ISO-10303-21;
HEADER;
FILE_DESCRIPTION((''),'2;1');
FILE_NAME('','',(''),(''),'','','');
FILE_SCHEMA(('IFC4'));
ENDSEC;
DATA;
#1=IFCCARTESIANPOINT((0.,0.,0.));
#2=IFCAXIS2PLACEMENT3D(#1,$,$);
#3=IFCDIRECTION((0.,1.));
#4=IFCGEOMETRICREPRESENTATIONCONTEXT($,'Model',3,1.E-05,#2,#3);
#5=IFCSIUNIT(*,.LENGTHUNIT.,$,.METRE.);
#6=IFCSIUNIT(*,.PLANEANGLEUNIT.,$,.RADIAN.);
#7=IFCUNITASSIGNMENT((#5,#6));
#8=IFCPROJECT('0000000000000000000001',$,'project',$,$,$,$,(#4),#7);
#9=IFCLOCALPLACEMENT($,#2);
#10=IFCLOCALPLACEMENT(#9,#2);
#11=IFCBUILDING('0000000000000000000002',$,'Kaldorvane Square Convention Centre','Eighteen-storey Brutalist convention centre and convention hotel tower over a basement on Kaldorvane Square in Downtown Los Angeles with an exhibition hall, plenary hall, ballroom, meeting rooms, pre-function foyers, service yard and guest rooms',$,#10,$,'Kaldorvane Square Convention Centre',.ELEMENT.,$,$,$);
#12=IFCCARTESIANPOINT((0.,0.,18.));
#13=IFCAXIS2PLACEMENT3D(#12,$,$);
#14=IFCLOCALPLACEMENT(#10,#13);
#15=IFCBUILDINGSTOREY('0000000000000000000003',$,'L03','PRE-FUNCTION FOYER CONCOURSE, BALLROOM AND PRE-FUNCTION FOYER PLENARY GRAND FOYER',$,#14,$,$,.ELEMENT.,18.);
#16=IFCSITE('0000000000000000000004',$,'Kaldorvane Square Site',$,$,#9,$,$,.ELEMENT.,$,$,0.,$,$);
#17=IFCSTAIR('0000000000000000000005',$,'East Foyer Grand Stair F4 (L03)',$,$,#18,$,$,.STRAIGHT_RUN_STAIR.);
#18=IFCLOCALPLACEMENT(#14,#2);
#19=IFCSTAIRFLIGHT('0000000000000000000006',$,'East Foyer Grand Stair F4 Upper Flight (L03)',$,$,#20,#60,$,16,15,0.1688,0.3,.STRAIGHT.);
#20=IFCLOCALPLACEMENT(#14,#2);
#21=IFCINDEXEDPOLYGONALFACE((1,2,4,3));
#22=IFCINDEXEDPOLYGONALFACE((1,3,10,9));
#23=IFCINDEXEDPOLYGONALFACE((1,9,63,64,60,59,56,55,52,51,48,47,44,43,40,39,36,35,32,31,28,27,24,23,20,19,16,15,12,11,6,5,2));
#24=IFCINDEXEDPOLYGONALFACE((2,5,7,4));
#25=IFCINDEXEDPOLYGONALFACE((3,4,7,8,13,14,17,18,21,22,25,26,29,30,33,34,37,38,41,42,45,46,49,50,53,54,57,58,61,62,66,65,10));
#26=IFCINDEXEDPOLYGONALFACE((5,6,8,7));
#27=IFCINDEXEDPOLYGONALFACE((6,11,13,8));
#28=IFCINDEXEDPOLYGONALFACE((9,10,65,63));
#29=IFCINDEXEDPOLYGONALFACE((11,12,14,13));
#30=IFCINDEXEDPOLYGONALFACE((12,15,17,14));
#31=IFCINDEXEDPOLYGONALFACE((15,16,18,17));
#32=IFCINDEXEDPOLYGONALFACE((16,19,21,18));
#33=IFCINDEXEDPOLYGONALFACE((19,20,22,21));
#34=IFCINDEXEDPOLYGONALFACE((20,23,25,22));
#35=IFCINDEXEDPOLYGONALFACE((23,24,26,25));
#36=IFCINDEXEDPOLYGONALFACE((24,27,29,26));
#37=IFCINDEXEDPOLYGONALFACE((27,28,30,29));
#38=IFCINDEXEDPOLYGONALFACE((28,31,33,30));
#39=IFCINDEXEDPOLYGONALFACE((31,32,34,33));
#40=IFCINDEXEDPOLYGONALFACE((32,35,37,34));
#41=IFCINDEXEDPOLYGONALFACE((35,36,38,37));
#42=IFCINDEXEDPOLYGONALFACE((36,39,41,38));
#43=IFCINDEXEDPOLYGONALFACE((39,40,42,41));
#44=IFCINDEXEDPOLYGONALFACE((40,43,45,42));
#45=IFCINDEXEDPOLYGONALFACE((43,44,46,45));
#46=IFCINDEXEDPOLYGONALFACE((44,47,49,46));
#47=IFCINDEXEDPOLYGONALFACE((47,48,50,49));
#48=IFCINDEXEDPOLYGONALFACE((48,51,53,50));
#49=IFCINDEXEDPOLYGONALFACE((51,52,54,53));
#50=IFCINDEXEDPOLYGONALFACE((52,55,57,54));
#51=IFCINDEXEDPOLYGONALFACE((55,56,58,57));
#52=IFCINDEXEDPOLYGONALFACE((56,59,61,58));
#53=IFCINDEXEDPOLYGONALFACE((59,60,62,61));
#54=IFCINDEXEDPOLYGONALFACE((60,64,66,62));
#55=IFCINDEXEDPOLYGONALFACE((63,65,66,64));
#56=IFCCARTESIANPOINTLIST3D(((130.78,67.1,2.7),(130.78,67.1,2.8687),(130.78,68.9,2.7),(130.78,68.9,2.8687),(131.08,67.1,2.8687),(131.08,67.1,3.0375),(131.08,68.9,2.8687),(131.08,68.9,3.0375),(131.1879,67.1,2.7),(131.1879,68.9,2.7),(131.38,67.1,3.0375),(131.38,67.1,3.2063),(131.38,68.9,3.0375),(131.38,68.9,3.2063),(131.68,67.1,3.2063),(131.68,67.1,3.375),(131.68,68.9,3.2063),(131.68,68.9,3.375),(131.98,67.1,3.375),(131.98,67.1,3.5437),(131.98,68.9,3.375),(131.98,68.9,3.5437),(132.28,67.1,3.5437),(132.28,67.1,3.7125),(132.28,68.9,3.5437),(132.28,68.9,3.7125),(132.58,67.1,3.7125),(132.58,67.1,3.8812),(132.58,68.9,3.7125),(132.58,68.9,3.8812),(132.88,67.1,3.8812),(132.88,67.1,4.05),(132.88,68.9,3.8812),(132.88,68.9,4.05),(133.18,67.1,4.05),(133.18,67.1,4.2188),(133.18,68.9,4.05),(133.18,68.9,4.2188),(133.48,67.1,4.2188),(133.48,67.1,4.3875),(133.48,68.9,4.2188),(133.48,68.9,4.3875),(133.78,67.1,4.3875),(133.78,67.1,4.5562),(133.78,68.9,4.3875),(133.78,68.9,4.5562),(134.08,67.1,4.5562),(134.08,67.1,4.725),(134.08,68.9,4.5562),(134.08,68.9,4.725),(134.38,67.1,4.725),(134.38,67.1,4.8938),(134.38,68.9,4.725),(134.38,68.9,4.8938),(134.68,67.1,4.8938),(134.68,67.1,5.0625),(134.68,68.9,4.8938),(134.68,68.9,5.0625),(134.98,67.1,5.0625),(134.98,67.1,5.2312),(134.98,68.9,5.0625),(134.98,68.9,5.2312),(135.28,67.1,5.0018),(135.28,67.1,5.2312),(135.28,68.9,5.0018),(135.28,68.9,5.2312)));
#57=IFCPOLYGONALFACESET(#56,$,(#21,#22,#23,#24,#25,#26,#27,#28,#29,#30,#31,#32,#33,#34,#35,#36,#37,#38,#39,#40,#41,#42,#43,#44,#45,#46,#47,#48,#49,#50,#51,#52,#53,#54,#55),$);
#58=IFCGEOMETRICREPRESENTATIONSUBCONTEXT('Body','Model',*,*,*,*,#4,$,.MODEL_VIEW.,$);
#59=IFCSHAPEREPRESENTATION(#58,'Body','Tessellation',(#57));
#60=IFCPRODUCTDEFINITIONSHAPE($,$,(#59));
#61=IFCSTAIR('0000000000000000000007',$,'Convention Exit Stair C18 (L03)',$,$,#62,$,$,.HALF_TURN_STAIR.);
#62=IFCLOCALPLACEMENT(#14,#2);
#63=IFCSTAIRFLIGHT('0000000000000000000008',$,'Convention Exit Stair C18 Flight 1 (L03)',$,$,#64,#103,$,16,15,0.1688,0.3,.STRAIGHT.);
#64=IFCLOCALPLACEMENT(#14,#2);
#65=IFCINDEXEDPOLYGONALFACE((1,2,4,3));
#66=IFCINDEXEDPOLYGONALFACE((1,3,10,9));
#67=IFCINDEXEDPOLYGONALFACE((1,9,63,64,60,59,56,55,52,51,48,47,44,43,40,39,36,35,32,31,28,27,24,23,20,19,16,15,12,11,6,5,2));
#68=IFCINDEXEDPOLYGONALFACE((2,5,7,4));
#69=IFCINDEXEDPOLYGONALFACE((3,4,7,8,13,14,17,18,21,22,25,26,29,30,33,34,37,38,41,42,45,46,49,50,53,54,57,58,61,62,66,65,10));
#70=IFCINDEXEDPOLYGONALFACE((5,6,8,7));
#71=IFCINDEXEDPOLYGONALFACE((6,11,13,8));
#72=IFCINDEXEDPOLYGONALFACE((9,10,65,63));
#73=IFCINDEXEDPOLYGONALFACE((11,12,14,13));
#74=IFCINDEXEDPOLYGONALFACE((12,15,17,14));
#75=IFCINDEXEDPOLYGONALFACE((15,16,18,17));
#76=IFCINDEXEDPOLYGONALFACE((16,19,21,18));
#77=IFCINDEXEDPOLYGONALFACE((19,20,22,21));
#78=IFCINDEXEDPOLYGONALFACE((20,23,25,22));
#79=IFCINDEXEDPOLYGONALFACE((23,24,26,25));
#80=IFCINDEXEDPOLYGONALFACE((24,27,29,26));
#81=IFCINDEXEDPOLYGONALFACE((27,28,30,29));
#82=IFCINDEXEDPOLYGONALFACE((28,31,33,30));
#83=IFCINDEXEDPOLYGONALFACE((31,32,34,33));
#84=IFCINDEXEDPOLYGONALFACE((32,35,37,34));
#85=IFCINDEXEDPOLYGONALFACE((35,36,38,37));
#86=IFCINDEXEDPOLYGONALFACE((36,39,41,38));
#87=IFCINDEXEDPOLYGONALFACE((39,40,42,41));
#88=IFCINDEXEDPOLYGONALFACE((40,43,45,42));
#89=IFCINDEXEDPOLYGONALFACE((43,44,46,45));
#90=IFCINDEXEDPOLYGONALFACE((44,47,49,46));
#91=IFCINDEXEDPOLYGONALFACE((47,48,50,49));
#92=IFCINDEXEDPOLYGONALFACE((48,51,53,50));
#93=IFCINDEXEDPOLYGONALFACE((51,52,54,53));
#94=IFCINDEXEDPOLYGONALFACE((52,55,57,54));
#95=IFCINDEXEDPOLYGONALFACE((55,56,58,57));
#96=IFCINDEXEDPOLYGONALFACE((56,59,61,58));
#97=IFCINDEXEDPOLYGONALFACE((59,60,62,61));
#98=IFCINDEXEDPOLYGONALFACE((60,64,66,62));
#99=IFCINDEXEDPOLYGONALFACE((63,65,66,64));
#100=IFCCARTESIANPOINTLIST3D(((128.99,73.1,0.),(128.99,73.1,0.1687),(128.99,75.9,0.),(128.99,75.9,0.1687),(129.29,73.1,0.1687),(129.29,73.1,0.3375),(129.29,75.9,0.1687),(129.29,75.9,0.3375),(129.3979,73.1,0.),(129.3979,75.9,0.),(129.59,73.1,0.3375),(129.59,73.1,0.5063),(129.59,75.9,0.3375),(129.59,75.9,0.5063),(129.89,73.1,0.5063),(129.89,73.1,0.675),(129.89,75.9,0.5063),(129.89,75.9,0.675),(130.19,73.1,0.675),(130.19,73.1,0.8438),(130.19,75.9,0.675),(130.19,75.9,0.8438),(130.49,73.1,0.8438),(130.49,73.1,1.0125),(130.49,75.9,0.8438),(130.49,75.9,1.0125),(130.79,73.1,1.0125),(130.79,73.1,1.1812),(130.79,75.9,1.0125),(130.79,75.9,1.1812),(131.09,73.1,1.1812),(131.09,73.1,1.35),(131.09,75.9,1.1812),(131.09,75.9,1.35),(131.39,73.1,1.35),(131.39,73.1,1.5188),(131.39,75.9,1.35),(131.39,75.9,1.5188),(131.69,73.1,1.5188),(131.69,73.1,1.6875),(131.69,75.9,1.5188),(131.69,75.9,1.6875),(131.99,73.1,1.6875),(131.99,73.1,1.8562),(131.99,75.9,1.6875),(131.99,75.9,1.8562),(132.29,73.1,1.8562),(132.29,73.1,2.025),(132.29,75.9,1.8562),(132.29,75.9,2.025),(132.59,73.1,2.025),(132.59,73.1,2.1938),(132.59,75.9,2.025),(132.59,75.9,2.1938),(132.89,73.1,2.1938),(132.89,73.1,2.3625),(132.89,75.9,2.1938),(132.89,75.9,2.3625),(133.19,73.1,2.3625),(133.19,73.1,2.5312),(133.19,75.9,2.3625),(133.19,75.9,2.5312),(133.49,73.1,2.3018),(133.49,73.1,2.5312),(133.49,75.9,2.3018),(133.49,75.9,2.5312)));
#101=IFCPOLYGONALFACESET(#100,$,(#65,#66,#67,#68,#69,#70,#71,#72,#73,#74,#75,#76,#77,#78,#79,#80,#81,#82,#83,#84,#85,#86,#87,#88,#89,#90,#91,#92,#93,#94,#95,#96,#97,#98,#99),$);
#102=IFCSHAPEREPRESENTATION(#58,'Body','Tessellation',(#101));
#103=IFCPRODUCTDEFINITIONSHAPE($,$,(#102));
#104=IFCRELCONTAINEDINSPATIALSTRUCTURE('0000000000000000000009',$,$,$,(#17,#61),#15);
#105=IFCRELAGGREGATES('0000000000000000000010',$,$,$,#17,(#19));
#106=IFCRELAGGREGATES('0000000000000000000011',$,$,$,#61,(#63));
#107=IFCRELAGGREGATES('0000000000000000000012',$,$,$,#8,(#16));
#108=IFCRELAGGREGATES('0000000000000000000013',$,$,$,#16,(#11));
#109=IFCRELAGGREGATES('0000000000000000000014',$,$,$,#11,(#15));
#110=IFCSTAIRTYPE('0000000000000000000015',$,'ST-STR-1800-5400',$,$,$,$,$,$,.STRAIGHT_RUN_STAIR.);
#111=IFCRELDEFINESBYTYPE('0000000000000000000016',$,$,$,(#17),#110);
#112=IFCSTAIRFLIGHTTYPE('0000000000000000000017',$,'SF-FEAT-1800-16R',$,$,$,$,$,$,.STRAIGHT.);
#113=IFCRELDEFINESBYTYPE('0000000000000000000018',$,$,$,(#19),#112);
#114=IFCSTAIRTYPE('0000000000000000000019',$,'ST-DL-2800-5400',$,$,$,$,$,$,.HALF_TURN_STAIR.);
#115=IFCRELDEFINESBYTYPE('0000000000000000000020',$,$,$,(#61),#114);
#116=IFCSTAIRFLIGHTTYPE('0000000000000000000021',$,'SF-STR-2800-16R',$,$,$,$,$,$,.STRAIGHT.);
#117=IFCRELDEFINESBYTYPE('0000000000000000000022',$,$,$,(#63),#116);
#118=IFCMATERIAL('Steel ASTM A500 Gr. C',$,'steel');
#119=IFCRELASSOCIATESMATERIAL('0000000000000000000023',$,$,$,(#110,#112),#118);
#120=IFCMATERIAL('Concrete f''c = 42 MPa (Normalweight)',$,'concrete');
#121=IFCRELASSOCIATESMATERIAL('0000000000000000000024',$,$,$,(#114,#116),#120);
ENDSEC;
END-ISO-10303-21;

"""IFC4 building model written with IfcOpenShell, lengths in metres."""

from ifc_helpers import new_model, si_unit, direction, frame, origin, place, context, subcontext, project, spatial, polyline, outline, extrude, material, type_object, element, aggregate, save


model = new_model("IFC4")

# Units and contexts
model_context = context("Model", 3, precision=1e-05, world=origin(), true_north=direction((0.0, 1.0)))
body_context = subcontext(model_context, "Body", "Model", "MODEL_VIEW")
ifc_project = project(units=[si_unit("LENGTHUNIT", "METRE"), si_unit("PLANEANGLEUNIT", "RADIAN")], contexts=[model_context])

# Site, building, storey
site_placement = place(None, origin())
site = spatial("IfcSite", under=ifc_project, at=site_placement, Name="Kaldorvane Square Site", CompositionType="ELEMENT", RefElevation=0.0)
building_placement = place(site_placement, origin())
building = spatial("IfcBuilding", under=site, at=building_placement, Name="Kaldorvane Square Convention Centre", Description="Eighteen-storey Brutalist convention centre and convention hotel tower over a basement on Kaldorvane Square in Downtown Los Angeles with an exhibition hall, plenary hall, ballroom, meeting rooms, pre-function foyers, service yard and guest rooms", LongName="Kaldorvane Square Convention Centre", CompositionType="ELEMENT")
storey_placement = place(building_placement, frame((0.0, 0.0, 18.0)))
storey = spatial("IfcBuildingStorey", under=building, at=storey_placement, Name="L03", Description="PRE-FUNCTION FOYER CONCOURSE, BALLROOM AND PRE-FUNCTION FOYER PLENARY GRAND FOYER", CompositionType="ELEMENT", Elevation=18.0)

# Shared definitions
ifc_material_1 = material(Name="Steel ASTM A500 Gr. C", Category="steel")

# Stairs, stair flights
stair_type_1 = type_object("IfcStairType", Name="ST-STR-1800-5400", PredefinedType="STRAIGHT_RUN_STAIR", material=ifc_material_1)
stair_1_placement = place(storey_placement, origin())
stair_1 = element("IfcStair", 1, at=stair_1_placement, inside=storey, type_object=stair_type_1, Name="East Foyer Grand Stair F4 (L03)", PredefinedType="STRAIGHT_RUN_STAIR")
stair_flight_type_1 = type_object("IfcStairFlightType", Name="SF-FEAT-1800-16R", PredefinedType="STRAIGHT", material=ifc_material_1)
stair_flight_1_placement = place(storey_placement, frame((130.78, 68.0, 2.7), z_axis=(0.0, 0.0, 1.0), x_axis=(1.0, 0.0, 0.0)))
stair_flight_1 = element("IfcStairFlight", 2, at=stair_flight_1_placement, type_object=stair_flight_type_1, Name="East Foyer Grand Stair F4 Upper Flight (L03)", NumberOfRisers=16, NumberOfTreads=15, PredefinedType="STRAIGHT", RiserHeight=0.1688, TreadLength=0.3, context=body_context, shape_type="SweptSolid", body=[
    extrude(outline(polyline([(0.0, 0.0), (0.0, 0.1687), (0.3, 0.1687), (0.3, 0.3375), (0.6, 0.3375), (0.6, 0.5063), (0.9, 0.5063), (0.9, 0.675), (1.2, 0.675), (1.2, 0.8438), (1.5, 0.8438), (1.5, 1.0125), (1.8, 1.0125), (1.8, 1.1812), (2.1, 1.1812), (2.1, 1.35), (2.4, 1.35), (2.4, 1.5188), (2.7, 1.5188), (2.7, 1.6875), (3.0, 1.6875), (3.0, 1.8562), (3.3, 1.8562), (3.3, 2.025), (3.6, 2.025), (3.6, 2.1938), (3.9, 2.1938), (3.9, 2.3625), (4.2, 2.3625), (4.2, 2.5312), (4.5, 2.5312), (4.5, 2.7), (4.5, 2.3018), (0.4079, 0.0), (0.0, 0.0)])), frame((0.0, 0.9, 0.0), z_axis=(0.0, -1.0, 0.0), x_axis=(1.0, 0.0, 0.0)), (0.0, 0.0, 1.0), 1.8),
])
aggregate(stair_1, [stair_flight_1])
ifc_material_2 = material(Name="Concrete f'c = 42 MPa (Normalweight)", Category="concrete")
stair_type_2 = type_object("IfcStairType", Name="ST-DL-2800-5400", PredefinedType="HALF_TURN_STAIR", material=ifc_material_2)
stair_2_placement = place(storey_placement, origin())
stair_2 = element("IfcStair", 3, at=stair_2_placement, inside=storey, type_object=stair_type_2, Name="Convention Exit Stair C18 (L03)", PredefinedType="HALF_TURN_STAIR")
stair_flight_type_2 = type_object("IfcStairFlightType", Name="SF-STR-2800-16R", PredefinedType="STRAIGHT", material=ifc_material_2)
stair_flight_2_placement = place(storey_placement, frame((128.99, 74.5, 0.0), z_axis=(0.0, 0.0, 1.0), x_axis=(1.0, 0.0, 0.0)))
stair_flight_2 = element("IfcStairFlight", 4, at=stair_flight_2_placement, type_object=stair_flight_type_2, Name="Convention Exit Stair C18 Flight 1 (L03)", NumberOfRisers=16, NumberOfTreads=15, PredefinedType="STRAIGHT", RiserHeight=0.1688, TreadLength=0.3, context=body_context, shape_type="SweptSolid", body=[
    extrude(outline(polyline([(0.0, 0.0), (0.0, 0.1687), (0.3, 0.1687), (0.3, 0.3375), (0.6, 0.3375), (0.6, 0.5063), (0.9, 0.5063), (0.9, 0.675), (1.2, 0.675), (1.2, 0.8438), (1.5, 0.8438), (1.5, 1.0125), (1.8, 1.0125), (1.8, 1.1812), (2.1, 1.1812), (2.1, 1.35), (2.4, 1.35), (2.4, 1.5188), (2.7, 1.5188), (2.7, 1.6875), (3.0, 1.6875), (3.0, 1.8562), (3.3, 1.8562), (3.3, 2.025), (3.6, 2.025), (3.6, 2.1938), (3.9, 2.1938), (3.9, 2.3625), (4.2, 2.3625), (4.2, 2.5312), (4.5, 2.5312), (4.5, 2.7), (4.5, 2.3018), (0.4079, 0.0), (0.0, 0.0)])), frame((0.0, 1.4, 0.0), z_axis=(0.0, -1.0, 0.0), x_axis=(1.0, 0.0, 0.0)), (0.0, 0.0, 1.0), 2.8),
])
aggregate(stair_2, [stair_flight_2])

save(model, "model.ifc")
